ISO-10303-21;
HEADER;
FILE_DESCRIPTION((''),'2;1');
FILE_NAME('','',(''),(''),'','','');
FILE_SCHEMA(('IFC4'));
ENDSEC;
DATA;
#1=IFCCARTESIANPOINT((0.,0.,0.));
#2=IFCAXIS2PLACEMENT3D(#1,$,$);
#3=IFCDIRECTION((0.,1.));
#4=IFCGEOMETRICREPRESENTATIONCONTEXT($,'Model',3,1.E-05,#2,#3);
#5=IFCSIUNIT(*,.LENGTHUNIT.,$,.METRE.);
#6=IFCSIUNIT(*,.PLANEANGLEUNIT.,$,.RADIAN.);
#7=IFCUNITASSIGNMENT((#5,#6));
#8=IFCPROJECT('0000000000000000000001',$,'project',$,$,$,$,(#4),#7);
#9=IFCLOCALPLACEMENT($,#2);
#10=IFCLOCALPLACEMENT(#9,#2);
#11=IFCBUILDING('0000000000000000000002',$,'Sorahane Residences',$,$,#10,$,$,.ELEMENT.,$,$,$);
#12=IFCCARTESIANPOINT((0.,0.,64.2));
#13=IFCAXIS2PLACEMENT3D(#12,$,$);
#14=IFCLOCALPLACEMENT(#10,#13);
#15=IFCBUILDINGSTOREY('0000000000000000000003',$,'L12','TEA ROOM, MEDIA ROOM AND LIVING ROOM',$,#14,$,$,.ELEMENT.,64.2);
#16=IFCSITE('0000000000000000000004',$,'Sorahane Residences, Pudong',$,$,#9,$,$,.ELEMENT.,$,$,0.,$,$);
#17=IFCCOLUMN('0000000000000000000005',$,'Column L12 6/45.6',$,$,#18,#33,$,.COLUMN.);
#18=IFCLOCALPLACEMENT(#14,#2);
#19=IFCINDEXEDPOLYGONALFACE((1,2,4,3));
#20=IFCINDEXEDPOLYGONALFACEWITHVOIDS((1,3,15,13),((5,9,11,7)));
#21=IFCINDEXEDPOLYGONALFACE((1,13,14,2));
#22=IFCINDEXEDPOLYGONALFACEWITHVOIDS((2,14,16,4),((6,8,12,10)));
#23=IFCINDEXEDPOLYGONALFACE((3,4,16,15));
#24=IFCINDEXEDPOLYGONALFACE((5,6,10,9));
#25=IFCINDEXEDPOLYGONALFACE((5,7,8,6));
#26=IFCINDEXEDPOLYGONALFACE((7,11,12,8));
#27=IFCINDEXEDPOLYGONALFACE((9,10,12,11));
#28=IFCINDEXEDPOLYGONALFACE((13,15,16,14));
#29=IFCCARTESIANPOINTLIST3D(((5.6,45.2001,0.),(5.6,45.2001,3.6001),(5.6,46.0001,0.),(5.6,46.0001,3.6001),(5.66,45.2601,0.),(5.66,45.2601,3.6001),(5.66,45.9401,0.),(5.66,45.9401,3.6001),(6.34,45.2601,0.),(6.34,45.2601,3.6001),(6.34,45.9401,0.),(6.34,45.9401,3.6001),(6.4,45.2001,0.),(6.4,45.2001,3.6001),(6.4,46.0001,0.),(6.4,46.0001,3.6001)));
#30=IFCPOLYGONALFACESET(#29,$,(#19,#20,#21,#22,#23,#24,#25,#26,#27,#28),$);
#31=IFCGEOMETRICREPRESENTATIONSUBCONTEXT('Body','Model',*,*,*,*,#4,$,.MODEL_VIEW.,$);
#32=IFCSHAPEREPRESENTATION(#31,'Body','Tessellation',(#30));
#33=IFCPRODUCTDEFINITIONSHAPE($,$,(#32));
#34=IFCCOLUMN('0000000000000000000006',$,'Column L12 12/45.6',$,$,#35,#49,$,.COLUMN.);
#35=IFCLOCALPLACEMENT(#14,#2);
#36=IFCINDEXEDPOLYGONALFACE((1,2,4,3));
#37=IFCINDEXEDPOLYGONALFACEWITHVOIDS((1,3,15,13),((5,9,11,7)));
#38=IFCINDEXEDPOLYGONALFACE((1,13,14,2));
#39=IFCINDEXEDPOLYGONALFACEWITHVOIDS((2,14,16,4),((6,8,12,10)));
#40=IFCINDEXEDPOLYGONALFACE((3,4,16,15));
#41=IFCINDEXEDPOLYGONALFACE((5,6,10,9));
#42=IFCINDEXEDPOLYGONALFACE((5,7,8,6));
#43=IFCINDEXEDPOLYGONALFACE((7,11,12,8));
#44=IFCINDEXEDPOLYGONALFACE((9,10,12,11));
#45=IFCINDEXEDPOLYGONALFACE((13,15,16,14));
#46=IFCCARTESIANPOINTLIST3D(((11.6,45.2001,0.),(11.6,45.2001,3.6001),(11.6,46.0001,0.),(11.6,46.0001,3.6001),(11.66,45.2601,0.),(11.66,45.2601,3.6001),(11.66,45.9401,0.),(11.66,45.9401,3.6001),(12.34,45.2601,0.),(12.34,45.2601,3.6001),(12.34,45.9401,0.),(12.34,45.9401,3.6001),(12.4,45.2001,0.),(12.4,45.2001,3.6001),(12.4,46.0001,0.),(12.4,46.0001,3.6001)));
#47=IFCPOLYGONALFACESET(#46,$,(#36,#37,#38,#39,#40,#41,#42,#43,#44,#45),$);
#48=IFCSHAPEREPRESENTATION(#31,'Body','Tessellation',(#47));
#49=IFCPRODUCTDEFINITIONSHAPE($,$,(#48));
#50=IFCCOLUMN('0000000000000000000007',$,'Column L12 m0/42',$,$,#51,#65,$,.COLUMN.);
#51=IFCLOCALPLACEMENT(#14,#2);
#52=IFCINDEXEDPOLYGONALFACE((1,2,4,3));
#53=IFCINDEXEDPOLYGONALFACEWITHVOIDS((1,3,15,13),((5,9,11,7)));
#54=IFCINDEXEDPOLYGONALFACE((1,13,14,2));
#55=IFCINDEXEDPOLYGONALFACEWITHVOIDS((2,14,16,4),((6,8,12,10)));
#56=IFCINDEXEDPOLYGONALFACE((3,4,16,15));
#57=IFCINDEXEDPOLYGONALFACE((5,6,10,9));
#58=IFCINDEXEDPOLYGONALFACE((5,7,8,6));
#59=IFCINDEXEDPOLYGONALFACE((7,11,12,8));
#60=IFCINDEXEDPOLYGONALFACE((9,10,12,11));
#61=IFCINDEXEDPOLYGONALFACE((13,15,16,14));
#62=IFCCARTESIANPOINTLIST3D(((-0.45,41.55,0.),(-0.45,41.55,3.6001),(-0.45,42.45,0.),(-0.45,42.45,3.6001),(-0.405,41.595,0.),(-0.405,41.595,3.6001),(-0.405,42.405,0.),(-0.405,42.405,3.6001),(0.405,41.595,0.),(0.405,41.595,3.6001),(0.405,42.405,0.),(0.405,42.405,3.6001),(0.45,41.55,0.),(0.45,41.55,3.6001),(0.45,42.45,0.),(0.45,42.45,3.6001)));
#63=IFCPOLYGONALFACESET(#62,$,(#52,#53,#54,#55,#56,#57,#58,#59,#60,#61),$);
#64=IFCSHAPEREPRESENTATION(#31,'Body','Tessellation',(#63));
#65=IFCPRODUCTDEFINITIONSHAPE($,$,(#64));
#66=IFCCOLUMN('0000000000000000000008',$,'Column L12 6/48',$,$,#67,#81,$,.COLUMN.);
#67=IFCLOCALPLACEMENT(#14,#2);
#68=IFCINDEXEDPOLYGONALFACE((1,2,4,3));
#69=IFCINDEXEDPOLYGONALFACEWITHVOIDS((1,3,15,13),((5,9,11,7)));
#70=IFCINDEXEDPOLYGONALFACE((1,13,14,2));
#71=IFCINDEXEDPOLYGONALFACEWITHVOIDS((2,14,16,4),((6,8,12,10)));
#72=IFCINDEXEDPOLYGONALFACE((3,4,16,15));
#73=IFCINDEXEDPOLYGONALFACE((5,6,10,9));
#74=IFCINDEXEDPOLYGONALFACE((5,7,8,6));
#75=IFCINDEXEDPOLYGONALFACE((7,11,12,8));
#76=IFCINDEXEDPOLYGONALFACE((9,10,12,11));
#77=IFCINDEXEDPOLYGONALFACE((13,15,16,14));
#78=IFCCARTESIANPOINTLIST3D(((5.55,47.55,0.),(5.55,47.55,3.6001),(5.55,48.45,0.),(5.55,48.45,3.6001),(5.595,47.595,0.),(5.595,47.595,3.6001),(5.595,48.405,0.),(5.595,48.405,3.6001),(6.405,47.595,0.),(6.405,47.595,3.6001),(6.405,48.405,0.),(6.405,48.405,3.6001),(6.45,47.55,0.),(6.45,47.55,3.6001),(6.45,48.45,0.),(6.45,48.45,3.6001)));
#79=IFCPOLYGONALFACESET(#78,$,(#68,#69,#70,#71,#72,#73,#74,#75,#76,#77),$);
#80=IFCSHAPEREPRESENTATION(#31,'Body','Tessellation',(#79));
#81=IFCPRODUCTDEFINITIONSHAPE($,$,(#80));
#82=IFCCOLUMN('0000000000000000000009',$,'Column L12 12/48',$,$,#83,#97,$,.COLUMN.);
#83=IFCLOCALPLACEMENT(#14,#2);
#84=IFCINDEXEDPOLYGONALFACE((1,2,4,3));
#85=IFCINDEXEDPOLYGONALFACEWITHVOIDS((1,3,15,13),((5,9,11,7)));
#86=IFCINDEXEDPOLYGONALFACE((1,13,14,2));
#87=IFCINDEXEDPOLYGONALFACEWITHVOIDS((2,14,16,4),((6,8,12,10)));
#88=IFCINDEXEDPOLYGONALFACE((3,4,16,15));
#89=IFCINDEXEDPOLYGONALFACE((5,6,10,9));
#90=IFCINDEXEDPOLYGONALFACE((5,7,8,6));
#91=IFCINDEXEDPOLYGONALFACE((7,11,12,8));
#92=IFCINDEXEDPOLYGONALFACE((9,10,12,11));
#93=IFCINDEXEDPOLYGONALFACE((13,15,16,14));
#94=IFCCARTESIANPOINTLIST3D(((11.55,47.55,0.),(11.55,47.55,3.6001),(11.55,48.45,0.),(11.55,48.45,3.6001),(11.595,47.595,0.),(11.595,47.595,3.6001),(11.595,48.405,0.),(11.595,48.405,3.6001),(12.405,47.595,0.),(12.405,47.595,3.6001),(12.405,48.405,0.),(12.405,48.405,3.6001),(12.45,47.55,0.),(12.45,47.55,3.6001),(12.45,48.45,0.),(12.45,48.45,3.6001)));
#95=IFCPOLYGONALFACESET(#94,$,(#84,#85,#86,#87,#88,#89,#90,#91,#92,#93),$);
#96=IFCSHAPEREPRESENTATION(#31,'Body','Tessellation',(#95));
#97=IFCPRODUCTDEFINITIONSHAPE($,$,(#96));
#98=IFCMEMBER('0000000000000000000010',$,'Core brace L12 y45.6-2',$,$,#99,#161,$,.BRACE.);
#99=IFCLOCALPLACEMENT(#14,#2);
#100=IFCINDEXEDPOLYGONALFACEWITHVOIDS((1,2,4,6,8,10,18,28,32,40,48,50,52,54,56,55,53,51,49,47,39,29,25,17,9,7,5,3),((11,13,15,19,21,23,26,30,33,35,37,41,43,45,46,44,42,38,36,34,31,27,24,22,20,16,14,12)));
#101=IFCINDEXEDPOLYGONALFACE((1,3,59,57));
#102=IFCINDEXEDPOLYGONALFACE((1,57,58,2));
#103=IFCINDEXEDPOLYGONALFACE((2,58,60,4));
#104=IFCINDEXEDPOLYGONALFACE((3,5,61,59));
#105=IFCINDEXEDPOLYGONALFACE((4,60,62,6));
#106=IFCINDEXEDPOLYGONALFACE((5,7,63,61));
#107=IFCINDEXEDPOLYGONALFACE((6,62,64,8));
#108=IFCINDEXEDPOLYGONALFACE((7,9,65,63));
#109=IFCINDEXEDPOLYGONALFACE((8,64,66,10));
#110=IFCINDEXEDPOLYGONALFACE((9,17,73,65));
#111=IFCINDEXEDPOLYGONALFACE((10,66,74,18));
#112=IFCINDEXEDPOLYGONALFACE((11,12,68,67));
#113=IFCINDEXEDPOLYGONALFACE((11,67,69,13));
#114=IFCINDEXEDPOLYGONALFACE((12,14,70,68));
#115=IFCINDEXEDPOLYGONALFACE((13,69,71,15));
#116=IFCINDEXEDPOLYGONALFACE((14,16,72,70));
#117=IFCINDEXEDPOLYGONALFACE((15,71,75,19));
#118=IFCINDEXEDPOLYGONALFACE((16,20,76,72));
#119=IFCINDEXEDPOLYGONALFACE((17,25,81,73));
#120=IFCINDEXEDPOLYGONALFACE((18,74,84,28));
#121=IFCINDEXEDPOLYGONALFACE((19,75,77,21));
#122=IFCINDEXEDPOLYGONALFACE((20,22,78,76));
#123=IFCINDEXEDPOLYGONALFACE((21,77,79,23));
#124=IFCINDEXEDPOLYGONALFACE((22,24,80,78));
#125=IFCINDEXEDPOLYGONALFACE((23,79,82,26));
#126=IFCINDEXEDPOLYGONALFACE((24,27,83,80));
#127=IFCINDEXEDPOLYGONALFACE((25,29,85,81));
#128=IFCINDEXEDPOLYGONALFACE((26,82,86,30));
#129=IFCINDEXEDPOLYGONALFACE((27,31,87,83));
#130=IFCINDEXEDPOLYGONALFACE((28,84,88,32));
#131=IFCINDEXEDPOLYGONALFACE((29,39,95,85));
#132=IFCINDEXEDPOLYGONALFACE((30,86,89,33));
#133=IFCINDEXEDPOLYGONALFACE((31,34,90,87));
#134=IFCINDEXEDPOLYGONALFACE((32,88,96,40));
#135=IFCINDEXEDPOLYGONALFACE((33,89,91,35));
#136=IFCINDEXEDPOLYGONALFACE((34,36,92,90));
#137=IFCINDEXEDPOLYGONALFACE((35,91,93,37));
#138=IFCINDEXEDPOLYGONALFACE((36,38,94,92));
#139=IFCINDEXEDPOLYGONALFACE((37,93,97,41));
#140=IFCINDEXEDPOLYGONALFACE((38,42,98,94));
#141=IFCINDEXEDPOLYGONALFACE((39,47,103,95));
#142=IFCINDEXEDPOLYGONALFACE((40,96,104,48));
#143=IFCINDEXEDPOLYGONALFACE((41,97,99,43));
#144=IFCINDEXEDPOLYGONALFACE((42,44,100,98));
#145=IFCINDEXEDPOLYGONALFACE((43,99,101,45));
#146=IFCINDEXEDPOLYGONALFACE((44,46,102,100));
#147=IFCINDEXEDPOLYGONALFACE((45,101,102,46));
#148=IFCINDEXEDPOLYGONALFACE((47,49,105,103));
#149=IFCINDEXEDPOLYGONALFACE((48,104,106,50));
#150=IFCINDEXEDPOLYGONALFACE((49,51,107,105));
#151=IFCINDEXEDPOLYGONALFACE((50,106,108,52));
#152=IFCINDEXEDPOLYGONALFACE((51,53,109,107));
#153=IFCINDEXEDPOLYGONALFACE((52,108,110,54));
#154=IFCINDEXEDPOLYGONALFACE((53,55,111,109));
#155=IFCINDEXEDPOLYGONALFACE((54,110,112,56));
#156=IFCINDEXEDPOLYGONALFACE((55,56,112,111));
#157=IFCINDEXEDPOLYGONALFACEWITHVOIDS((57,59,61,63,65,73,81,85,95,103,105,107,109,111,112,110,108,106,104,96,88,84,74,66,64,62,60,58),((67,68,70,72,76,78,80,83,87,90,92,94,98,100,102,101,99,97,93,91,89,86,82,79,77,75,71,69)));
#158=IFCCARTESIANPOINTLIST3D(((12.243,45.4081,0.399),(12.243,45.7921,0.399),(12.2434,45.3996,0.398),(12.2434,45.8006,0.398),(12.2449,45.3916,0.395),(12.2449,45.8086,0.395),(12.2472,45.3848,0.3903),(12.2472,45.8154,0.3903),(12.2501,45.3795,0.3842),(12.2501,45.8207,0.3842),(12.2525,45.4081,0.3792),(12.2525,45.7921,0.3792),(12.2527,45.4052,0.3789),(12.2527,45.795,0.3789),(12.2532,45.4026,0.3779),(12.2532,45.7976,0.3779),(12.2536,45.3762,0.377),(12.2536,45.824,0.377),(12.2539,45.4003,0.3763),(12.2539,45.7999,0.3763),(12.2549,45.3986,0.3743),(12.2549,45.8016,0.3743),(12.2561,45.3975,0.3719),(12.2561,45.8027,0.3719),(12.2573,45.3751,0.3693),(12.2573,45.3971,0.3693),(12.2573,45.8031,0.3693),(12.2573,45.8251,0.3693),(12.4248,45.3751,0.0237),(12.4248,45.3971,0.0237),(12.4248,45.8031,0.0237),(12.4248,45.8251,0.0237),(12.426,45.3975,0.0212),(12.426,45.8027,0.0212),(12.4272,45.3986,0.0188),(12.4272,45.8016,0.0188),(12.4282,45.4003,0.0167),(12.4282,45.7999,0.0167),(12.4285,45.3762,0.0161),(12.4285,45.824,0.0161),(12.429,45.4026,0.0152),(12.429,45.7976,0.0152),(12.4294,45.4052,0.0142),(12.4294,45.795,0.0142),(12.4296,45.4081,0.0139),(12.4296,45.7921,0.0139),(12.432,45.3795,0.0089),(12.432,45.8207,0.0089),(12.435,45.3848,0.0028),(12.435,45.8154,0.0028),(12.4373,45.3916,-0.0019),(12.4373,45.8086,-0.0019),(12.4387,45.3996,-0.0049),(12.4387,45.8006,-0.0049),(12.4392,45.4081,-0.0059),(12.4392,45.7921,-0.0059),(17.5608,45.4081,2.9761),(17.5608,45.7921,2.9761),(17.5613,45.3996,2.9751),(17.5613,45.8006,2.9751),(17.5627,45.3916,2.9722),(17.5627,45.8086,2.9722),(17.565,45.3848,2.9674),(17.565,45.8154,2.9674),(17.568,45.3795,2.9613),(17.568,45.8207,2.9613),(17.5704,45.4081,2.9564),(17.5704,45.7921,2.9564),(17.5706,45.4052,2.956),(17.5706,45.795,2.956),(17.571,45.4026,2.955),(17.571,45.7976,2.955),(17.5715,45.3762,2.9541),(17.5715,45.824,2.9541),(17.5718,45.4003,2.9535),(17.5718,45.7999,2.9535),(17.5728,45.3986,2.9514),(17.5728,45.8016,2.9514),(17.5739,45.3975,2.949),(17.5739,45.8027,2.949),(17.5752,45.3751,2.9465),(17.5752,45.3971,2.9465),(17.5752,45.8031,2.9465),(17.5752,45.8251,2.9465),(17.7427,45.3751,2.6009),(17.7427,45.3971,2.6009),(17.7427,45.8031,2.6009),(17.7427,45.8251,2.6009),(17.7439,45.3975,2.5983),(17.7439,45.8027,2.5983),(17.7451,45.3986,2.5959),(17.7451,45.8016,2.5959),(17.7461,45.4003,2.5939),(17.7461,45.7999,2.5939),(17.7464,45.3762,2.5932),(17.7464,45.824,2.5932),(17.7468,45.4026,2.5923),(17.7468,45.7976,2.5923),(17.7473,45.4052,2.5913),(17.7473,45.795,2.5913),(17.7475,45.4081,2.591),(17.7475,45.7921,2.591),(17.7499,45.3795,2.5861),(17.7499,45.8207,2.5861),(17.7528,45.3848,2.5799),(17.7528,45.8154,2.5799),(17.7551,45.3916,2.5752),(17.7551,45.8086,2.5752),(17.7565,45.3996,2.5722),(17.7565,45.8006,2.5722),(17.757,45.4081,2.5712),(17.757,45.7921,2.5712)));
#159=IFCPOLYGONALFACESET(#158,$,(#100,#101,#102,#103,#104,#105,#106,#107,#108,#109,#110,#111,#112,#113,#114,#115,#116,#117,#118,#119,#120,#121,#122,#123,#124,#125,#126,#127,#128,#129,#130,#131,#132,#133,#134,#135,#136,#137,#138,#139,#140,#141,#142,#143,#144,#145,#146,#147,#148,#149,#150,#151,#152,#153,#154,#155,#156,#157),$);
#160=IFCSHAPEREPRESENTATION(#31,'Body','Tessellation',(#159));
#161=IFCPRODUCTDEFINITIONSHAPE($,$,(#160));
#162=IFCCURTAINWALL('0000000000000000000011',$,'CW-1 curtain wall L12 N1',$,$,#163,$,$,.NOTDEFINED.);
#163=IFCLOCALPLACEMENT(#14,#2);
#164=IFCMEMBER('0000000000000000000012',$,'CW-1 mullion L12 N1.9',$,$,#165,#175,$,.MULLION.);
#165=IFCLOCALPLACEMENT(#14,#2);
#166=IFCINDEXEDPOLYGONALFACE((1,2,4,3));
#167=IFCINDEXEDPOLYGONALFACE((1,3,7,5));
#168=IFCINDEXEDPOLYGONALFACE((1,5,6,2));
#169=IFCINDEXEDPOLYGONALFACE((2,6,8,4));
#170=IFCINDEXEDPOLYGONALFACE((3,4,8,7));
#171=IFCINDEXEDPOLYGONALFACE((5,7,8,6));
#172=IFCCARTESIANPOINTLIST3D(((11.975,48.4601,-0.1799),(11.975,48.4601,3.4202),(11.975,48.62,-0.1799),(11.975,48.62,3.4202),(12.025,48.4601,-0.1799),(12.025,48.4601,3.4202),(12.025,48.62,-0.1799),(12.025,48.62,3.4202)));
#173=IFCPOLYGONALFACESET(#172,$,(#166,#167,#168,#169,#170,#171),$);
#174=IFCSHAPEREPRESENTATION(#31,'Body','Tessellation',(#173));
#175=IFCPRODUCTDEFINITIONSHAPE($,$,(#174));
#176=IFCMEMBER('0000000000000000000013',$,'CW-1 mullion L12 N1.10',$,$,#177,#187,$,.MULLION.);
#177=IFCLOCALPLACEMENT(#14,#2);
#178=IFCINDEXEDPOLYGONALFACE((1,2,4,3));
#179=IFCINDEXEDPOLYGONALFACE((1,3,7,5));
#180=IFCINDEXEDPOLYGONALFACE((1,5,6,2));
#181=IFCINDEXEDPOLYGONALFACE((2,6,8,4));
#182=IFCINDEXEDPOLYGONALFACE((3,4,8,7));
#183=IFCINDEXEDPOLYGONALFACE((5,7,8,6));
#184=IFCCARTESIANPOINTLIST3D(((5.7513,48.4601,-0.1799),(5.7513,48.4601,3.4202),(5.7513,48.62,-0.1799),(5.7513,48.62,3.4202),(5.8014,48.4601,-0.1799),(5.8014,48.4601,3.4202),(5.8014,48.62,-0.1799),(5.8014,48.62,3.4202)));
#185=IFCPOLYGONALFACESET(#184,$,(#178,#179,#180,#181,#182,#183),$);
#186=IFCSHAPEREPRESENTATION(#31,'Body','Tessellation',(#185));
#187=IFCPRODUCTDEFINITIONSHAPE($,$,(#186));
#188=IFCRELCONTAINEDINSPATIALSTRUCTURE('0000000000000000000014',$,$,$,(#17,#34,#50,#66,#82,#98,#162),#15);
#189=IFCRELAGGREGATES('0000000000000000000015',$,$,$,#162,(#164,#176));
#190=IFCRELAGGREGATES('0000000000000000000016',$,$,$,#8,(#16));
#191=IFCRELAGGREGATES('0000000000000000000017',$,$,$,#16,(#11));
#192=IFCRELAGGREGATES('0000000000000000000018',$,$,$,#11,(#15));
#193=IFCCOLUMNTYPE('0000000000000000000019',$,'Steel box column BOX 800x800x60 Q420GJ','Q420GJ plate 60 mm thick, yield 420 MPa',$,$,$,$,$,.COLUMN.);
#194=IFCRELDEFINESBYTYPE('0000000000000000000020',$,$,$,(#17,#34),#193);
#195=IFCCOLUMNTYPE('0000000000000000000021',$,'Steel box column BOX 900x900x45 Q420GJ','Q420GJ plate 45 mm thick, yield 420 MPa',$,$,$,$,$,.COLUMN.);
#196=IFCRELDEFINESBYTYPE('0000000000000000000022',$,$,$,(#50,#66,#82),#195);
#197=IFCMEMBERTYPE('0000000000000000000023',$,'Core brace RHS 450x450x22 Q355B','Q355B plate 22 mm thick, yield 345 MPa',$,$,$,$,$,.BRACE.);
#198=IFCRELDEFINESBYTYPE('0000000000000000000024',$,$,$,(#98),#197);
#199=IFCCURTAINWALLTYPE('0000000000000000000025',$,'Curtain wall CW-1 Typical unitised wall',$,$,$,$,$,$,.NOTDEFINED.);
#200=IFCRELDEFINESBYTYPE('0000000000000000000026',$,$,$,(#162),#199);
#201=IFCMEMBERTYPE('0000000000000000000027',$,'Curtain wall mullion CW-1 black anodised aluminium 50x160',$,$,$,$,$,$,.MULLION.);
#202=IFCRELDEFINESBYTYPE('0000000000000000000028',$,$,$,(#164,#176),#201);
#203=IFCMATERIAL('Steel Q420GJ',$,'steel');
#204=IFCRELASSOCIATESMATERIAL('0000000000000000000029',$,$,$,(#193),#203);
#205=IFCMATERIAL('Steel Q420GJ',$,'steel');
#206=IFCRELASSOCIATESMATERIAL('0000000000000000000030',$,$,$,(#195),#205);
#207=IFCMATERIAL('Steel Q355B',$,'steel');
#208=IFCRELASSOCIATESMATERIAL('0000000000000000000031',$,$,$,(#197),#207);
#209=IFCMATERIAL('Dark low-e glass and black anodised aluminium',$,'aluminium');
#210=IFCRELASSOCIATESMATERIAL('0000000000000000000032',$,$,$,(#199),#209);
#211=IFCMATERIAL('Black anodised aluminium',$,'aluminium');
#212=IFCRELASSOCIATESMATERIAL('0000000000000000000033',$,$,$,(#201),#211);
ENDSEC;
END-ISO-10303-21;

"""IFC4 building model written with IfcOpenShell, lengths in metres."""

from ifc_helpers import new_model, si_unit, direction, frame, origin, origin_2d, place, context, subcontext, project, spatial, rectangle, hollow_rectangle, extrude, material, material_profile, profile_set, type_object, element, aggregate, save


model = new_model("IFC4")

# Units and contexts
model_context = context("Model", 3, precision=1e-05, world=origin(), true_north=direction((0.0, 1.0)))
body_context = subcontext(model_context, "Body", "Model", "MODEL_VIEW")
ifc_project = project(units=[si_unit("LENGTHUNIT", "METRE"), si_unit("PLANEANGLEUNIT", "RADIAN")], contexts=[model_context])

# Site, building, storey
site_placement = place(None, origin())
site = spatial("IfcSite", under=ifc_project, at=site_placement, Name="Sorahane Residences, Pudong", CompositionType="ELEMENT", RefElevation=0.0)
building_placement = place(site_placement, origin())
building = spatial("IfcBuilding", under=site, at=building_placement, Name="Sorahane Residences", CompositionType="ELEMENT")
storey_placement = place(building_placement, frame((0.0, 0.0, 64.2)))
storey = spatial("IfcBuildingStorey", under=building, at=storey_placement, Name="L12", Description="TEA ROOM, MEDIA ROOM AND LIVING ROOM", CompositionType="ELEMENT", Elevation=64.2)

# Columns
ifc_material_1 = material(Name="Steel Q420GJ", Category="steel")
ifc_material_profile_1 = material_profile(ifc_material_1, hollow_rectangle(XDim=0.8, YDim=0.8, WallThickness=0.0601, at=origin_2d()), Name="BOX 800x800x60")
ifc_profile_set_1 = profile_set([ifc_material_profile_1], Name="Steel Q420GJ")
column_type_1 = type_object("IfcColumnType", Name="Steel box column BOX 800x800x60 Q420GJ", Description="Q420GJ plate 60 mm thick, yield 420 MPa", PredefinedType="COLUMN", material=ifc_profile_set_1)
for number, where, z_axis, x_axis, name in (
    (1, (6.0, 45.6001, 0.0), (0.0, 0.0, 1.0), (1.0, 0.0, 0.0), "Column L12 6/45.6"),
    (2, (12.0, 45.6001, 0.0), (0.0, 0.0, 1.0), (1.0, 0.0, 0.0), "Column L12 12/45.6"),
):
    element("IfcColumn", number, at=place(storey_placement, frame(where, z_axis=z_axis, x_axis=x_axis)), inside=storey, type_object=column_type_1, Name=name, PredefinedType="COLUMN", context=body_context, shape_type="SweptSolid", body=[
        extrude(hollow_rectangle(XDim=0.8, YDim=0.8, WallThickness=0.0601, at=origin_2d()), origin(), (0.0, 0.0, 1.0), 3.6001),
    ])
ifc_material_2 = material(Name="Steel Q420GJ", Category="steel")
ifc_material_profile_2 = material_profile(ifc_material_2, hollow_rectangle(XDim=0.8999, YDim=0.8999, WallThickness=0.0449, at=origin_2d()), Name="BOX 900x900x45")
ifc_profile_set_2 = profile_set([ifc_material_profile_2], Name="Steel Q420GJ")
column_type_2 = type_object("IfcColumnType", Name="Steel box column BOX 900x900x45 Q420GJ", Description="Q420GJ plate 45 mm thick, yield 420 MPa", PredefinedType="COLUMN", material=ifc_profile_set_2)
for number, where, z_axis, x_axis, name in (
    (3, (0.0, 42.0, 0.0), (0.0, 0.0, 1.0), (1.0, 0.0, 0.0), "Column L12 m0/42"),
    (4, (6.0, 48.0, 0.0), (0.0, 0.0, 1.0), (1.0, 0.0, 0.0), "Column L12 6/48"),
    (5, (12.0, 48.0, 0.0), (0.0, 0.0, 1.0), (1.0, 0.0, 0.0), "Column L12 12/48"),
):
    element("IfcColumn", number, at=place(storey_placement, frame(where, z_axis=z_axis, x_axis=x_axis)), inside=storey, type_object=column_type_2, Name=name, PredefinedType="COLUMN", context=body_context, shape_type="SweptSolid", body=[
        extrude(hollow_rectangle(XDim=0.8999, YDim=0.8999, WallThickness=0.0449, at=origin_2d()), origin(), (0.0, 0.0, 1.0), 3.6001),
    ])

# Member
ifc_material_3 = material(Name="Steel Q355B", Category="steel")
ifc_material_profile_3 = material_profile(ifc_material_3, hollow_rectangle(XDim=0.45, YDim=0.45, WallThickness=0.022, InnerFilletRadius=0.011, OuterFilletRadius=0.033, at=origin_2d()), Name="RHS 450x450x22")
ifc_profile_set_3 = profile_set([ifc_material_profile_3], Name="Steel Q355B")
member_type_1 = type_object("IfcMemberType", Name="Core brace RHS 450x450x22 Q355B", Description="Q355B plate 22 mm thick, yield 345 MPa", PredefinedType="BRACE", material=ifc_profile_set_3)
member_1_placement = place(storey_placement, frame((12.3411, 45.6001, 0.1965), z_axis=(0.899895, 0.0, 0.436107), x_axis=(0.0, 1.0, 0.0)))
element("IfcMember", 6, at=member_1_placement, inside=storey, type_object=member_type_1, Name="Core brace L12 y45.6-2", PredefinedType="BRACE", context=body_context, shape_type="SweptSolid", body=[
    extrude(hollow_rectangle(XDim=0.45, YDim=0.45, WallThickness=0.022, InnerFilletRadius=0.011, OuterFilletRadius=0.033, at=origin_2d()), origin(), (0.0, 0.0, 1.0), 5.9094),
])

# Curtain wall, members
ifc_material_4 = material(Name="Dark low-e glass and black anodised aluminium", Category="aluminium")
curtain_wall_type_1 = type_object("IfcCurtainWallType", Name="Curtain wall CW-1 Typical unitised wall", PredefinedType="NOTDEFINED", material=ifc_material_4)
curtain_wall_1_placement = place(storey_placement, origin())
curtain_wall_1 = element("IfcCurtainWall", 7, at=curtain_wall_1_placement, inside=storey, type_object=curtain_wall_type_1, Name="CW-1 curtain wall L12 N1", PredefinedType="NOTDEFINED")
ifc_material_5 = material(Name="Black anodised aluminium", Category="aluminium")
ifc_material_profile_4 = material_profile(ifc_material_5, rectangle(XDim=0.1599, YDim=0.05, at=origin_2d()), Name="Curtain wall mullion CW-1 black anodised aluminium 50x160")
ifc_profile_set_4 = profile_set([ifc_material_profile_4], Name="Black anodised aluminium")
member_type_2 = type_object("IfcMemberType", Name="Curtain wall mullion CW-1 black anodised aluminium 50x160", PredefinedType="MULLION", material=ifc_profile_set_4)
member_2_placement = place(storey_placement, frame((12.0, 48.54, -0.1799), z_axis=(0.0, 0.0, 1.0), x_axis=(0.0, 1.0, 0.0)))
member_2 = element("IfcMember", 8, at=member_2_placement, type_object=member_type_2, Name="CW-1 mullion L12 N1.9", PredefinedType="MULLION", context=body_context, shape_type="SweptSolid", body=[
    extrude(rectangle(XDim=0.1599, YDim=0.05, at=origin_2d()), origin(), (0.0, 0.0, 1.0), 3.6001),
])
member_3_placement = place(storey_placement, frame((5.7764, 48.54, -0.1799), z_axis=(0.0, 0.0, 1.0), x_axis=(0.0, 1.0, 0.0)))
member_3 = element("IfcMember", 9, at=member_3_placement, type_object=member_type_2, Name="CW-1 mullion L12 N1.10", PredefinedType="MULLION", context=body_context, shape_type="SweptSolid", body=[
    extrude(rectangle(XDim=0.1599, YDim=0.05, at=origin_2d()), origin(), (0.0, 0.0, 1.0), 3.6001),
])

aggregate(curtain_wall_1, [member_2, member_3])

save(model, "model.ifc")
